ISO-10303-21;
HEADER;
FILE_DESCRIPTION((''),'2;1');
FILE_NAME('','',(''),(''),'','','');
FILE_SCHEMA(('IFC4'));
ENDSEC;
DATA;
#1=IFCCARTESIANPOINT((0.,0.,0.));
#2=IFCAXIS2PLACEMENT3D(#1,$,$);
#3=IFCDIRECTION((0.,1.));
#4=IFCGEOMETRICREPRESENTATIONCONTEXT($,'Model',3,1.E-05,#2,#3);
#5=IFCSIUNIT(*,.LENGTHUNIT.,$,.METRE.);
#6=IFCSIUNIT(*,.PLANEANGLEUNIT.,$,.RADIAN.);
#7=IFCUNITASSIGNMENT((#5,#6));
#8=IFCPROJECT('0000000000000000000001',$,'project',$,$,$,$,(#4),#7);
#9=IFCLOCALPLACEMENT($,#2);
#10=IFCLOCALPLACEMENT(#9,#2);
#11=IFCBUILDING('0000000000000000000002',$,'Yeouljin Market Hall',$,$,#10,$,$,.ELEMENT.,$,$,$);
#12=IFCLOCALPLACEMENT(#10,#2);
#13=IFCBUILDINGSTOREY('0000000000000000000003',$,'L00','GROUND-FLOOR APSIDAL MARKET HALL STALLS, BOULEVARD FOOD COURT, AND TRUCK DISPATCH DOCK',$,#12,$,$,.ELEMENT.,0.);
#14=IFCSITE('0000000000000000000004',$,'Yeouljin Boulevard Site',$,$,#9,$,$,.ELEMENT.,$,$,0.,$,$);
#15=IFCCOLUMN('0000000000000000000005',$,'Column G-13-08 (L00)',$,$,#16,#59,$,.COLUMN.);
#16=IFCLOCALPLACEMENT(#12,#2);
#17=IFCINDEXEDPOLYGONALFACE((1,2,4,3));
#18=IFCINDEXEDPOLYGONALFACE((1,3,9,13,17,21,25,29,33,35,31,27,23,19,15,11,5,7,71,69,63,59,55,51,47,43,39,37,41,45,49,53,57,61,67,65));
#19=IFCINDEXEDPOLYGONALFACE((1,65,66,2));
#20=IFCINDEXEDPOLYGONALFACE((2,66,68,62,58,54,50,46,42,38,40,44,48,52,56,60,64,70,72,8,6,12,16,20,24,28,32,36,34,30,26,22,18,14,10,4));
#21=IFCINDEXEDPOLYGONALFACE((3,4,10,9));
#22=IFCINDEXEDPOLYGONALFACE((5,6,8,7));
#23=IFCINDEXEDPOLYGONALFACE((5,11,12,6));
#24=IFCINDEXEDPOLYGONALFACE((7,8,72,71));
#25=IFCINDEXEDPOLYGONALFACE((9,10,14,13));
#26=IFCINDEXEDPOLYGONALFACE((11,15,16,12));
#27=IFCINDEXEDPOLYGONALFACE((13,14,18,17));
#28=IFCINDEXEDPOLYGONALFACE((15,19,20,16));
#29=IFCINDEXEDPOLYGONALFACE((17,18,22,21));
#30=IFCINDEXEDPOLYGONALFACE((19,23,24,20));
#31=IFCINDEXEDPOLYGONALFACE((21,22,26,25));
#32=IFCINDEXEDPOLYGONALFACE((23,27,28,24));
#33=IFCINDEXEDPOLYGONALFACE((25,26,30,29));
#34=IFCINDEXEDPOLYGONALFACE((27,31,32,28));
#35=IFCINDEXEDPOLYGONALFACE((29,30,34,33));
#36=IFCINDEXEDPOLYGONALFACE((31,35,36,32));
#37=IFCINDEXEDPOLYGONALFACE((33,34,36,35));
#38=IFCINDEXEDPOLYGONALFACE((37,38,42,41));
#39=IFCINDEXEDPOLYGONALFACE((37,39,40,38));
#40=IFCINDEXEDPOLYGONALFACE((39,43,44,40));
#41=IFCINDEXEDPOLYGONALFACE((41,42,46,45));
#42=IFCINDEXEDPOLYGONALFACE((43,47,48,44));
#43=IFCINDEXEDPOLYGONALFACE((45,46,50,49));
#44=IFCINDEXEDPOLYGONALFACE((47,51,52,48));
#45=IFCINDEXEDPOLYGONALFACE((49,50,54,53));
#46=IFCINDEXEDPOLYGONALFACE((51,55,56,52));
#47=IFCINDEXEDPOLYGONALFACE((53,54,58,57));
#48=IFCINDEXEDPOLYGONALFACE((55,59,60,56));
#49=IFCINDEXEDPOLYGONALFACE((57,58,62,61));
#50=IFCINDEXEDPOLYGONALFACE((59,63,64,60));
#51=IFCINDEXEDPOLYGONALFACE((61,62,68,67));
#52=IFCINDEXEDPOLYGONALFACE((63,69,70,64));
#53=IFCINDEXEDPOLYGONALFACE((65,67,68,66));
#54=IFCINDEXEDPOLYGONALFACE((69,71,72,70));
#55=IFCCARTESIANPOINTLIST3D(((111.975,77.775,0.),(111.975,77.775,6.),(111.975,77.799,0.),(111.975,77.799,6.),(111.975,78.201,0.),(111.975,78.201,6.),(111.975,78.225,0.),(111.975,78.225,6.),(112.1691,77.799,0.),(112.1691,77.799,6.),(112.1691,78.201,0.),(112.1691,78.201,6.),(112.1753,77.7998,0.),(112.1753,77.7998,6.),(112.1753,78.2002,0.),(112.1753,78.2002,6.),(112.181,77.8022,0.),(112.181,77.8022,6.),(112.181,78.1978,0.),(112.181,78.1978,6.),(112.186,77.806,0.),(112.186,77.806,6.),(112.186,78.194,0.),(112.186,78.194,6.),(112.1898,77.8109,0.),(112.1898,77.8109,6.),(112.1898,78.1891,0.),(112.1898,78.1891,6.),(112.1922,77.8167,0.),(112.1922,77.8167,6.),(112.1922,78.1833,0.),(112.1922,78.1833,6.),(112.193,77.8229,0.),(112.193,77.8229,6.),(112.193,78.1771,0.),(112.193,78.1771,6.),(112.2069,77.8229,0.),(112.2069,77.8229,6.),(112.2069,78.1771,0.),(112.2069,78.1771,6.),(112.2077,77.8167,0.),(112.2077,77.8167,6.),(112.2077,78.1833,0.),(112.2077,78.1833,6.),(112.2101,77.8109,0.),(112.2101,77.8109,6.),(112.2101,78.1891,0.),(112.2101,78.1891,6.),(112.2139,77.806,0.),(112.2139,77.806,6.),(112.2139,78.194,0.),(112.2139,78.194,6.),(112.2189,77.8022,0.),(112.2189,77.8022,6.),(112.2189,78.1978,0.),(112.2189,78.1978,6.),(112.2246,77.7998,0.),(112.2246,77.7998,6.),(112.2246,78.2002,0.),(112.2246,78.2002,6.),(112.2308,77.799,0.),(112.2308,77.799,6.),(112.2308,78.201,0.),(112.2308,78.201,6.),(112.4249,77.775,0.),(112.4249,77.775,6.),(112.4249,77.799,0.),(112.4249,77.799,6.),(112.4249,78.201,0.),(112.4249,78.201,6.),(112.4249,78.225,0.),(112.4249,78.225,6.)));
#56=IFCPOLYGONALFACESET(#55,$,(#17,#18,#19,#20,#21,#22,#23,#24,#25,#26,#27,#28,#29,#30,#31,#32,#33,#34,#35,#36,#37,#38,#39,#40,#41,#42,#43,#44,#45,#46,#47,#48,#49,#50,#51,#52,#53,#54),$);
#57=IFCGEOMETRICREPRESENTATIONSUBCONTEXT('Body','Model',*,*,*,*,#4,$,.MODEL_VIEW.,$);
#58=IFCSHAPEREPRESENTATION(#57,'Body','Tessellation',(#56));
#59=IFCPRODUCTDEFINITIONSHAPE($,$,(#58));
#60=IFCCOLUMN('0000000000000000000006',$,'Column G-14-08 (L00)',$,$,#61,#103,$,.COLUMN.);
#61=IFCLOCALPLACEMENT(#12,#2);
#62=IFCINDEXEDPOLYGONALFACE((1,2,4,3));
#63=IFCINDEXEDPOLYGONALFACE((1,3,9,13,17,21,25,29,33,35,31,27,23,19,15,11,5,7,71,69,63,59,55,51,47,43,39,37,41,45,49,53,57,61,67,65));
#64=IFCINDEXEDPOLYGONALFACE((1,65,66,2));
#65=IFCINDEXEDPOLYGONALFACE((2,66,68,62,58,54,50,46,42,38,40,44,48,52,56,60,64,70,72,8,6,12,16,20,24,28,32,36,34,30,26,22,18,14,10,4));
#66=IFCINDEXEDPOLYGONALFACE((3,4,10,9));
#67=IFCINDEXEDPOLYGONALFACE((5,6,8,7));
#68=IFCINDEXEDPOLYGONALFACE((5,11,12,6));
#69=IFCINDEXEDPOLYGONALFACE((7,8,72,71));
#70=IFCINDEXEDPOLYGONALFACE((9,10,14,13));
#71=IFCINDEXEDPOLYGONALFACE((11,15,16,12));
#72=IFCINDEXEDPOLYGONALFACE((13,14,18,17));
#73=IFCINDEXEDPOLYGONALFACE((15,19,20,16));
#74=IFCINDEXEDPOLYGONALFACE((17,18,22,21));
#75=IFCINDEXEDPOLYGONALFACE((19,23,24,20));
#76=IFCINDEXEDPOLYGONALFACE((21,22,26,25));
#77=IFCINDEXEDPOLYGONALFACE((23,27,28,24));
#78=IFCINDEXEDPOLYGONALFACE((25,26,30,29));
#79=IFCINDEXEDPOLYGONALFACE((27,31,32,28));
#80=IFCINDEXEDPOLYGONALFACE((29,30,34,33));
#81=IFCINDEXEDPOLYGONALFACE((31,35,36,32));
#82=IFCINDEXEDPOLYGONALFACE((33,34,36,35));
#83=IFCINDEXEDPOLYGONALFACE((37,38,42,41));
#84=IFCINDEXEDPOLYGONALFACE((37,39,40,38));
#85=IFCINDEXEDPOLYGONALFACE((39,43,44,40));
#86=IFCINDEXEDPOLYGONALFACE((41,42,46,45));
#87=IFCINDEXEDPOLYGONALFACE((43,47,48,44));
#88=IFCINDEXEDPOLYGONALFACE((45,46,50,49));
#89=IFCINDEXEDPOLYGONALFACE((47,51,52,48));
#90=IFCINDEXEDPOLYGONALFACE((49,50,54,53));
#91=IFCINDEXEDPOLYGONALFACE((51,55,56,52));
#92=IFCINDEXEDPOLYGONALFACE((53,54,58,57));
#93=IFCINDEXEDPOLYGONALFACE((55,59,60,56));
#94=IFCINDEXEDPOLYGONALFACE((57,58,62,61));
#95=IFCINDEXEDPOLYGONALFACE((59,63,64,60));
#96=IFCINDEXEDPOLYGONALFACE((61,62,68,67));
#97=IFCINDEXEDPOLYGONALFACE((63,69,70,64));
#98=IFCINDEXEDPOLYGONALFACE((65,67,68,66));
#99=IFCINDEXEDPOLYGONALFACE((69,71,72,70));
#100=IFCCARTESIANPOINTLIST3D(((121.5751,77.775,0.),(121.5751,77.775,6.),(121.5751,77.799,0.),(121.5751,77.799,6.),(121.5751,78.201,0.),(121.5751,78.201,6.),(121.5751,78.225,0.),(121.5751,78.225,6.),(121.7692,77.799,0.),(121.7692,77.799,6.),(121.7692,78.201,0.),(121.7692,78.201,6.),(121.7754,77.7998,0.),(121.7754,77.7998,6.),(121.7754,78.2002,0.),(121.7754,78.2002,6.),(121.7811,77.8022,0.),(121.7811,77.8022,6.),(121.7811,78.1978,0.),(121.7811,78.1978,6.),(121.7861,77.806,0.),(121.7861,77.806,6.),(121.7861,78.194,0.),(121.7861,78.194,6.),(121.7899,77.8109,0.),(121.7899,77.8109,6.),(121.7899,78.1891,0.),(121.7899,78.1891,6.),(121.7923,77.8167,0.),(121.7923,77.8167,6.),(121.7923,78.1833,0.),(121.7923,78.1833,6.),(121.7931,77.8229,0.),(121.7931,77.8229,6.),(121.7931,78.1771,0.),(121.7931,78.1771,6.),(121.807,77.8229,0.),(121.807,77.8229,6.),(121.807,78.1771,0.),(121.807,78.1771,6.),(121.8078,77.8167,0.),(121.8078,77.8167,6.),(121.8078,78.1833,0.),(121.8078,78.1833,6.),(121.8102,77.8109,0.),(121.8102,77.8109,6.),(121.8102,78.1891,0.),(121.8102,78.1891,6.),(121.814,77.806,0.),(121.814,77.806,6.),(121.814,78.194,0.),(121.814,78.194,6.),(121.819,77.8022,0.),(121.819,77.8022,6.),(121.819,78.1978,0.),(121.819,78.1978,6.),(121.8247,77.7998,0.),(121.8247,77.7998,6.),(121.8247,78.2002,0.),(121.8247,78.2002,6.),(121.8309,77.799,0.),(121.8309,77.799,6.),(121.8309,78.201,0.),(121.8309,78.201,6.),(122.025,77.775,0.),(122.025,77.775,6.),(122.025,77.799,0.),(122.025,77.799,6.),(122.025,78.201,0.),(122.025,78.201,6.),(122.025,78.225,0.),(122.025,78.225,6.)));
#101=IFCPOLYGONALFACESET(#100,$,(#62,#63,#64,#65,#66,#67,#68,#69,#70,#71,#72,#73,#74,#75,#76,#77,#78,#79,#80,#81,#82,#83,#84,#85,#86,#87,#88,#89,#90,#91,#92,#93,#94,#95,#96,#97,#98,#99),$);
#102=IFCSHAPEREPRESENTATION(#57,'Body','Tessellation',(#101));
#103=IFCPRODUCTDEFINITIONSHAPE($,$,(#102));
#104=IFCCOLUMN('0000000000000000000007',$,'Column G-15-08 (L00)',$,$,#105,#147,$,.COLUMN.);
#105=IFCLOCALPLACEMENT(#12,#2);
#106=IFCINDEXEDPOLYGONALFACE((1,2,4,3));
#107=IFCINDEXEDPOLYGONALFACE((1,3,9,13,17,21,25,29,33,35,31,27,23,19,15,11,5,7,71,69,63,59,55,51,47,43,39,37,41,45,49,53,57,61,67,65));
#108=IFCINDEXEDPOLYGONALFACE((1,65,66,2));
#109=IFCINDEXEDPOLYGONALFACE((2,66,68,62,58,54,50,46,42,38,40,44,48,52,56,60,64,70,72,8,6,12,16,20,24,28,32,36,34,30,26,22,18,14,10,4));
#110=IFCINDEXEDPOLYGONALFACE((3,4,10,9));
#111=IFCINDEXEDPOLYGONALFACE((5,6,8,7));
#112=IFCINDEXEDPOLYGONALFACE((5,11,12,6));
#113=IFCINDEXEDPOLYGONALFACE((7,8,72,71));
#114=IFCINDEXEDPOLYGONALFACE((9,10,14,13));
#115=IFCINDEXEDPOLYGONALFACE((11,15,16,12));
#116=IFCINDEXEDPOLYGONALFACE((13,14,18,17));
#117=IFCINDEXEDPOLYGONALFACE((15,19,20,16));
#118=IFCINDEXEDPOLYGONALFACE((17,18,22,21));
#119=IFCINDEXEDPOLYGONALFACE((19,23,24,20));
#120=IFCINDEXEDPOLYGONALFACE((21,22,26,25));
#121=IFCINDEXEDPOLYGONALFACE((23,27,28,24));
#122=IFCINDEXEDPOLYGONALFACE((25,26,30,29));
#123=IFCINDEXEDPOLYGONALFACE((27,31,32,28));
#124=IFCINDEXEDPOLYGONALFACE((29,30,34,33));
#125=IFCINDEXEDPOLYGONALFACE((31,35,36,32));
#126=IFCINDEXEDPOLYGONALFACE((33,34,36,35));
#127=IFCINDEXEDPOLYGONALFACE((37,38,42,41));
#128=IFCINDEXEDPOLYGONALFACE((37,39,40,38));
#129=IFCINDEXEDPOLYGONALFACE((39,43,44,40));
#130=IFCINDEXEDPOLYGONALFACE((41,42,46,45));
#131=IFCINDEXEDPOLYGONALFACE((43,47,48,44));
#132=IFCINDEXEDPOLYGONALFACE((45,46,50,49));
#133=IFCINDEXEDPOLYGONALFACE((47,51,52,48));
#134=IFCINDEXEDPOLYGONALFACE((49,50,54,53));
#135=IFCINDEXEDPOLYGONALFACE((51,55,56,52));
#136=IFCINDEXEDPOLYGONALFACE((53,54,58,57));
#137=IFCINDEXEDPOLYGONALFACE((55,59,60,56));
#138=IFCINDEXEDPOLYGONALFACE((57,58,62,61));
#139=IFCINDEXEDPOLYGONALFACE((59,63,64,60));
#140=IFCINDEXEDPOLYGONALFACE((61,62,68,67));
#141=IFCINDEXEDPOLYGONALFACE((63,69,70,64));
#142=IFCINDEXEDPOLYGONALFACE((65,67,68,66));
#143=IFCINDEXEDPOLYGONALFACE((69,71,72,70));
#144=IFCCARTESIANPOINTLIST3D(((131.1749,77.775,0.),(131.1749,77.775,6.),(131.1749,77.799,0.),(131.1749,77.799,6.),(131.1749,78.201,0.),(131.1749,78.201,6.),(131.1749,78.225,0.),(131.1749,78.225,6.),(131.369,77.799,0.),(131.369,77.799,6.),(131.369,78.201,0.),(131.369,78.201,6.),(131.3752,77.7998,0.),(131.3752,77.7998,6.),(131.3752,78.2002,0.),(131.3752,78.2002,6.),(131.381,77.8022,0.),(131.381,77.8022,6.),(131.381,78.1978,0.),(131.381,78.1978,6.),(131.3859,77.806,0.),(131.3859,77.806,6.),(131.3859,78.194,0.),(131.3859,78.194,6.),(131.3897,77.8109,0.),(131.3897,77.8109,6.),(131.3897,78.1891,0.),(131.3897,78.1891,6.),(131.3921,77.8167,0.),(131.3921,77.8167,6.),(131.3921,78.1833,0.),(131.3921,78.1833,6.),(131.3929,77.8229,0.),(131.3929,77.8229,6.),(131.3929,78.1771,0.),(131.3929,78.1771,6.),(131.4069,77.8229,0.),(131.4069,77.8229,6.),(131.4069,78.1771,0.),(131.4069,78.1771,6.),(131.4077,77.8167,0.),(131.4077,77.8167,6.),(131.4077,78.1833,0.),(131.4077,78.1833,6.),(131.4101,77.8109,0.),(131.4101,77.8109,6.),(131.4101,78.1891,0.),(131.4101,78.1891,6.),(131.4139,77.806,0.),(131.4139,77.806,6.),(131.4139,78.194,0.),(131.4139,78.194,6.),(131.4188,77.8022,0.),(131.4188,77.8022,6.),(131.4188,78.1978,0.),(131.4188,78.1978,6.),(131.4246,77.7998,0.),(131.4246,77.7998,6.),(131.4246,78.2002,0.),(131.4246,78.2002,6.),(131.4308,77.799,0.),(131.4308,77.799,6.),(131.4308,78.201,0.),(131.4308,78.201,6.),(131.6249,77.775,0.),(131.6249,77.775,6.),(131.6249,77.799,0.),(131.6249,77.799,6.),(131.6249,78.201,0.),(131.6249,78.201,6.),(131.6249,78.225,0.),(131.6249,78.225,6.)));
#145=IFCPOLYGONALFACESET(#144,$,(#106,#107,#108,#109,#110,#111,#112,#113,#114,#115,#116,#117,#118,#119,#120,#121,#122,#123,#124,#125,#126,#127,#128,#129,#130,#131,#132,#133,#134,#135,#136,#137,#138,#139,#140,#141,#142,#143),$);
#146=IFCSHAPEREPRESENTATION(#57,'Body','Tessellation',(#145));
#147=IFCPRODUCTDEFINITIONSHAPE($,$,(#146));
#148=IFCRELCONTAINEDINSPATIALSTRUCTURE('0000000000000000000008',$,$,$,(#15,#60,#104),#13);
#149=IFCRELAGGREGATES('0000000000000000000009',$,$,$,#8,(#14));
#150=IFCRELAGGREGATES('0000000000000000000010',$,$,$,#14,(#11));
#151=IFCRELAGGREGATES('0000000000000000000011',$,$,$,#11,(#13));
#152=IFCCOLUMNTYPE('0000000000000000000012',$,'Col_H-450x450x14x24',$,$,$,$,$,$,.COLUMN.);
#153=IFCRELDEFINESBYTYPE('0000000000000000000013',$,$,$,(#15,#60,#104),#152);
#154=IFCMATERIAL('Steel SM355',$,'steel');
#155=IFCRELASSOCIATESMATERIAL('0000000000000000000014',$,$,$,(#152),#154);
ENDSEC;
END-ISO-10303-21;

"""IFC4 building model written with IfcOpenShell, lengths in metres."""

from ifc_helpers import new_model, si_unit, direction, frame, origin, origin_2d, place, context, subcontext, project, spatial, i_section, extrude, material, material_profile, profile_set, type_object, element, save


model = new_model("IFC4")

# Units and contexts
model_context = context("Model", 3, precision=1e-05, world=origin(), true_north=direction((0.0, 1.0)))
body_context = subcontext(model_context, "Body", "Model", "MODEL_VIEW")
ifc_project = project(units=[si_unit("LENGTHUNIT", "METRE"), si_unit("PLANEANGLEUNIT", "RADIAN")], contexts=[model_context])

# Site, building, storey
site_placement = place(None, origin())
site = spatial("IfcSite", under=ifc_project, at=site_placement, Name="Yeouljin Boulevard Site", CompositionType="ELEMENT", RefElevation=0.0)
building_placement = place(site_placement, origin())
building = spatial("IfcBuilding", under=site, at=building_placement, Name="Yeouljin Market Hall", CompositionType="ELEMENT")
storey_placement = place(building_placement, origin())
storey = spatial("IfcBuildingStorey", under=building, at=storey_placement, Name="L00", Description="GROUND-FLOOR APSIDAL MARKET HALL STALLS, BOULEVARD FOOD COURT, AND TRUCK DISPATCH DOCK", CompositionType="ELEMENT", Elevation=0.0)

# Columns
ifc_material_1 = material(Name="Steel SM355", Category="steel")
ifc_material_profile_1 = material_profile(ifc_material_1, i_section(OverallWidth=0.45, OverallDepth=0.45, WebThickness=0.0139, FlangeThickness=0.0239, FilletRadius=0.0239, at=origin_2d()), Name="H-450x450x14x24")
ifc_profile_set_1 = profile_set([ifc_material_profile_1], Name="Steel SM355")
column_type_1 = type_object("IfcColumnType", Name="Col_H-450x450x14x24", PredefinedType="COLUMN", material=ifc_profile_set_1)
for number, where, z_axis, x_axis, name in (
    (1, (112.2, 78.0, 0.0), (0.0, 0.0, 1.0), (1.0, 0.0, 0.0), "Column G-13-08 (L00)"),
    (2, (121.8, 78.0, 0.0), (0.0, 0.0, 1.0), (1.0, 0.0, 0.0), "Column G-14-08 (L00)"),
    (3, (131.3999, 78.0, 0.0), (0.0, 0.0, 1.0), (1.0, 0.0, 0.0), "Column G-15-08 (L00)"),
):
    element("IfcColumn", number, at=place(storey_placement, frame(where, z_axis=z_axis, x_axis=x_axis)), inside=storey, type_object=column_type_1, Name=name, PredefinedType="COLUMN", context=body_context, shape_type="SweptSolid", body=[
        extrude(i_section(OverallWidth=0.45, OverallDepth=0.45, WebThickness=0.0139, FlangeThickness=0.0239, FilletRadius=0.0239, at=origin_2d()), origin(), (0.0, 0.0, 1.0), 6.0),
    ])

save(model, "model.ifc")
